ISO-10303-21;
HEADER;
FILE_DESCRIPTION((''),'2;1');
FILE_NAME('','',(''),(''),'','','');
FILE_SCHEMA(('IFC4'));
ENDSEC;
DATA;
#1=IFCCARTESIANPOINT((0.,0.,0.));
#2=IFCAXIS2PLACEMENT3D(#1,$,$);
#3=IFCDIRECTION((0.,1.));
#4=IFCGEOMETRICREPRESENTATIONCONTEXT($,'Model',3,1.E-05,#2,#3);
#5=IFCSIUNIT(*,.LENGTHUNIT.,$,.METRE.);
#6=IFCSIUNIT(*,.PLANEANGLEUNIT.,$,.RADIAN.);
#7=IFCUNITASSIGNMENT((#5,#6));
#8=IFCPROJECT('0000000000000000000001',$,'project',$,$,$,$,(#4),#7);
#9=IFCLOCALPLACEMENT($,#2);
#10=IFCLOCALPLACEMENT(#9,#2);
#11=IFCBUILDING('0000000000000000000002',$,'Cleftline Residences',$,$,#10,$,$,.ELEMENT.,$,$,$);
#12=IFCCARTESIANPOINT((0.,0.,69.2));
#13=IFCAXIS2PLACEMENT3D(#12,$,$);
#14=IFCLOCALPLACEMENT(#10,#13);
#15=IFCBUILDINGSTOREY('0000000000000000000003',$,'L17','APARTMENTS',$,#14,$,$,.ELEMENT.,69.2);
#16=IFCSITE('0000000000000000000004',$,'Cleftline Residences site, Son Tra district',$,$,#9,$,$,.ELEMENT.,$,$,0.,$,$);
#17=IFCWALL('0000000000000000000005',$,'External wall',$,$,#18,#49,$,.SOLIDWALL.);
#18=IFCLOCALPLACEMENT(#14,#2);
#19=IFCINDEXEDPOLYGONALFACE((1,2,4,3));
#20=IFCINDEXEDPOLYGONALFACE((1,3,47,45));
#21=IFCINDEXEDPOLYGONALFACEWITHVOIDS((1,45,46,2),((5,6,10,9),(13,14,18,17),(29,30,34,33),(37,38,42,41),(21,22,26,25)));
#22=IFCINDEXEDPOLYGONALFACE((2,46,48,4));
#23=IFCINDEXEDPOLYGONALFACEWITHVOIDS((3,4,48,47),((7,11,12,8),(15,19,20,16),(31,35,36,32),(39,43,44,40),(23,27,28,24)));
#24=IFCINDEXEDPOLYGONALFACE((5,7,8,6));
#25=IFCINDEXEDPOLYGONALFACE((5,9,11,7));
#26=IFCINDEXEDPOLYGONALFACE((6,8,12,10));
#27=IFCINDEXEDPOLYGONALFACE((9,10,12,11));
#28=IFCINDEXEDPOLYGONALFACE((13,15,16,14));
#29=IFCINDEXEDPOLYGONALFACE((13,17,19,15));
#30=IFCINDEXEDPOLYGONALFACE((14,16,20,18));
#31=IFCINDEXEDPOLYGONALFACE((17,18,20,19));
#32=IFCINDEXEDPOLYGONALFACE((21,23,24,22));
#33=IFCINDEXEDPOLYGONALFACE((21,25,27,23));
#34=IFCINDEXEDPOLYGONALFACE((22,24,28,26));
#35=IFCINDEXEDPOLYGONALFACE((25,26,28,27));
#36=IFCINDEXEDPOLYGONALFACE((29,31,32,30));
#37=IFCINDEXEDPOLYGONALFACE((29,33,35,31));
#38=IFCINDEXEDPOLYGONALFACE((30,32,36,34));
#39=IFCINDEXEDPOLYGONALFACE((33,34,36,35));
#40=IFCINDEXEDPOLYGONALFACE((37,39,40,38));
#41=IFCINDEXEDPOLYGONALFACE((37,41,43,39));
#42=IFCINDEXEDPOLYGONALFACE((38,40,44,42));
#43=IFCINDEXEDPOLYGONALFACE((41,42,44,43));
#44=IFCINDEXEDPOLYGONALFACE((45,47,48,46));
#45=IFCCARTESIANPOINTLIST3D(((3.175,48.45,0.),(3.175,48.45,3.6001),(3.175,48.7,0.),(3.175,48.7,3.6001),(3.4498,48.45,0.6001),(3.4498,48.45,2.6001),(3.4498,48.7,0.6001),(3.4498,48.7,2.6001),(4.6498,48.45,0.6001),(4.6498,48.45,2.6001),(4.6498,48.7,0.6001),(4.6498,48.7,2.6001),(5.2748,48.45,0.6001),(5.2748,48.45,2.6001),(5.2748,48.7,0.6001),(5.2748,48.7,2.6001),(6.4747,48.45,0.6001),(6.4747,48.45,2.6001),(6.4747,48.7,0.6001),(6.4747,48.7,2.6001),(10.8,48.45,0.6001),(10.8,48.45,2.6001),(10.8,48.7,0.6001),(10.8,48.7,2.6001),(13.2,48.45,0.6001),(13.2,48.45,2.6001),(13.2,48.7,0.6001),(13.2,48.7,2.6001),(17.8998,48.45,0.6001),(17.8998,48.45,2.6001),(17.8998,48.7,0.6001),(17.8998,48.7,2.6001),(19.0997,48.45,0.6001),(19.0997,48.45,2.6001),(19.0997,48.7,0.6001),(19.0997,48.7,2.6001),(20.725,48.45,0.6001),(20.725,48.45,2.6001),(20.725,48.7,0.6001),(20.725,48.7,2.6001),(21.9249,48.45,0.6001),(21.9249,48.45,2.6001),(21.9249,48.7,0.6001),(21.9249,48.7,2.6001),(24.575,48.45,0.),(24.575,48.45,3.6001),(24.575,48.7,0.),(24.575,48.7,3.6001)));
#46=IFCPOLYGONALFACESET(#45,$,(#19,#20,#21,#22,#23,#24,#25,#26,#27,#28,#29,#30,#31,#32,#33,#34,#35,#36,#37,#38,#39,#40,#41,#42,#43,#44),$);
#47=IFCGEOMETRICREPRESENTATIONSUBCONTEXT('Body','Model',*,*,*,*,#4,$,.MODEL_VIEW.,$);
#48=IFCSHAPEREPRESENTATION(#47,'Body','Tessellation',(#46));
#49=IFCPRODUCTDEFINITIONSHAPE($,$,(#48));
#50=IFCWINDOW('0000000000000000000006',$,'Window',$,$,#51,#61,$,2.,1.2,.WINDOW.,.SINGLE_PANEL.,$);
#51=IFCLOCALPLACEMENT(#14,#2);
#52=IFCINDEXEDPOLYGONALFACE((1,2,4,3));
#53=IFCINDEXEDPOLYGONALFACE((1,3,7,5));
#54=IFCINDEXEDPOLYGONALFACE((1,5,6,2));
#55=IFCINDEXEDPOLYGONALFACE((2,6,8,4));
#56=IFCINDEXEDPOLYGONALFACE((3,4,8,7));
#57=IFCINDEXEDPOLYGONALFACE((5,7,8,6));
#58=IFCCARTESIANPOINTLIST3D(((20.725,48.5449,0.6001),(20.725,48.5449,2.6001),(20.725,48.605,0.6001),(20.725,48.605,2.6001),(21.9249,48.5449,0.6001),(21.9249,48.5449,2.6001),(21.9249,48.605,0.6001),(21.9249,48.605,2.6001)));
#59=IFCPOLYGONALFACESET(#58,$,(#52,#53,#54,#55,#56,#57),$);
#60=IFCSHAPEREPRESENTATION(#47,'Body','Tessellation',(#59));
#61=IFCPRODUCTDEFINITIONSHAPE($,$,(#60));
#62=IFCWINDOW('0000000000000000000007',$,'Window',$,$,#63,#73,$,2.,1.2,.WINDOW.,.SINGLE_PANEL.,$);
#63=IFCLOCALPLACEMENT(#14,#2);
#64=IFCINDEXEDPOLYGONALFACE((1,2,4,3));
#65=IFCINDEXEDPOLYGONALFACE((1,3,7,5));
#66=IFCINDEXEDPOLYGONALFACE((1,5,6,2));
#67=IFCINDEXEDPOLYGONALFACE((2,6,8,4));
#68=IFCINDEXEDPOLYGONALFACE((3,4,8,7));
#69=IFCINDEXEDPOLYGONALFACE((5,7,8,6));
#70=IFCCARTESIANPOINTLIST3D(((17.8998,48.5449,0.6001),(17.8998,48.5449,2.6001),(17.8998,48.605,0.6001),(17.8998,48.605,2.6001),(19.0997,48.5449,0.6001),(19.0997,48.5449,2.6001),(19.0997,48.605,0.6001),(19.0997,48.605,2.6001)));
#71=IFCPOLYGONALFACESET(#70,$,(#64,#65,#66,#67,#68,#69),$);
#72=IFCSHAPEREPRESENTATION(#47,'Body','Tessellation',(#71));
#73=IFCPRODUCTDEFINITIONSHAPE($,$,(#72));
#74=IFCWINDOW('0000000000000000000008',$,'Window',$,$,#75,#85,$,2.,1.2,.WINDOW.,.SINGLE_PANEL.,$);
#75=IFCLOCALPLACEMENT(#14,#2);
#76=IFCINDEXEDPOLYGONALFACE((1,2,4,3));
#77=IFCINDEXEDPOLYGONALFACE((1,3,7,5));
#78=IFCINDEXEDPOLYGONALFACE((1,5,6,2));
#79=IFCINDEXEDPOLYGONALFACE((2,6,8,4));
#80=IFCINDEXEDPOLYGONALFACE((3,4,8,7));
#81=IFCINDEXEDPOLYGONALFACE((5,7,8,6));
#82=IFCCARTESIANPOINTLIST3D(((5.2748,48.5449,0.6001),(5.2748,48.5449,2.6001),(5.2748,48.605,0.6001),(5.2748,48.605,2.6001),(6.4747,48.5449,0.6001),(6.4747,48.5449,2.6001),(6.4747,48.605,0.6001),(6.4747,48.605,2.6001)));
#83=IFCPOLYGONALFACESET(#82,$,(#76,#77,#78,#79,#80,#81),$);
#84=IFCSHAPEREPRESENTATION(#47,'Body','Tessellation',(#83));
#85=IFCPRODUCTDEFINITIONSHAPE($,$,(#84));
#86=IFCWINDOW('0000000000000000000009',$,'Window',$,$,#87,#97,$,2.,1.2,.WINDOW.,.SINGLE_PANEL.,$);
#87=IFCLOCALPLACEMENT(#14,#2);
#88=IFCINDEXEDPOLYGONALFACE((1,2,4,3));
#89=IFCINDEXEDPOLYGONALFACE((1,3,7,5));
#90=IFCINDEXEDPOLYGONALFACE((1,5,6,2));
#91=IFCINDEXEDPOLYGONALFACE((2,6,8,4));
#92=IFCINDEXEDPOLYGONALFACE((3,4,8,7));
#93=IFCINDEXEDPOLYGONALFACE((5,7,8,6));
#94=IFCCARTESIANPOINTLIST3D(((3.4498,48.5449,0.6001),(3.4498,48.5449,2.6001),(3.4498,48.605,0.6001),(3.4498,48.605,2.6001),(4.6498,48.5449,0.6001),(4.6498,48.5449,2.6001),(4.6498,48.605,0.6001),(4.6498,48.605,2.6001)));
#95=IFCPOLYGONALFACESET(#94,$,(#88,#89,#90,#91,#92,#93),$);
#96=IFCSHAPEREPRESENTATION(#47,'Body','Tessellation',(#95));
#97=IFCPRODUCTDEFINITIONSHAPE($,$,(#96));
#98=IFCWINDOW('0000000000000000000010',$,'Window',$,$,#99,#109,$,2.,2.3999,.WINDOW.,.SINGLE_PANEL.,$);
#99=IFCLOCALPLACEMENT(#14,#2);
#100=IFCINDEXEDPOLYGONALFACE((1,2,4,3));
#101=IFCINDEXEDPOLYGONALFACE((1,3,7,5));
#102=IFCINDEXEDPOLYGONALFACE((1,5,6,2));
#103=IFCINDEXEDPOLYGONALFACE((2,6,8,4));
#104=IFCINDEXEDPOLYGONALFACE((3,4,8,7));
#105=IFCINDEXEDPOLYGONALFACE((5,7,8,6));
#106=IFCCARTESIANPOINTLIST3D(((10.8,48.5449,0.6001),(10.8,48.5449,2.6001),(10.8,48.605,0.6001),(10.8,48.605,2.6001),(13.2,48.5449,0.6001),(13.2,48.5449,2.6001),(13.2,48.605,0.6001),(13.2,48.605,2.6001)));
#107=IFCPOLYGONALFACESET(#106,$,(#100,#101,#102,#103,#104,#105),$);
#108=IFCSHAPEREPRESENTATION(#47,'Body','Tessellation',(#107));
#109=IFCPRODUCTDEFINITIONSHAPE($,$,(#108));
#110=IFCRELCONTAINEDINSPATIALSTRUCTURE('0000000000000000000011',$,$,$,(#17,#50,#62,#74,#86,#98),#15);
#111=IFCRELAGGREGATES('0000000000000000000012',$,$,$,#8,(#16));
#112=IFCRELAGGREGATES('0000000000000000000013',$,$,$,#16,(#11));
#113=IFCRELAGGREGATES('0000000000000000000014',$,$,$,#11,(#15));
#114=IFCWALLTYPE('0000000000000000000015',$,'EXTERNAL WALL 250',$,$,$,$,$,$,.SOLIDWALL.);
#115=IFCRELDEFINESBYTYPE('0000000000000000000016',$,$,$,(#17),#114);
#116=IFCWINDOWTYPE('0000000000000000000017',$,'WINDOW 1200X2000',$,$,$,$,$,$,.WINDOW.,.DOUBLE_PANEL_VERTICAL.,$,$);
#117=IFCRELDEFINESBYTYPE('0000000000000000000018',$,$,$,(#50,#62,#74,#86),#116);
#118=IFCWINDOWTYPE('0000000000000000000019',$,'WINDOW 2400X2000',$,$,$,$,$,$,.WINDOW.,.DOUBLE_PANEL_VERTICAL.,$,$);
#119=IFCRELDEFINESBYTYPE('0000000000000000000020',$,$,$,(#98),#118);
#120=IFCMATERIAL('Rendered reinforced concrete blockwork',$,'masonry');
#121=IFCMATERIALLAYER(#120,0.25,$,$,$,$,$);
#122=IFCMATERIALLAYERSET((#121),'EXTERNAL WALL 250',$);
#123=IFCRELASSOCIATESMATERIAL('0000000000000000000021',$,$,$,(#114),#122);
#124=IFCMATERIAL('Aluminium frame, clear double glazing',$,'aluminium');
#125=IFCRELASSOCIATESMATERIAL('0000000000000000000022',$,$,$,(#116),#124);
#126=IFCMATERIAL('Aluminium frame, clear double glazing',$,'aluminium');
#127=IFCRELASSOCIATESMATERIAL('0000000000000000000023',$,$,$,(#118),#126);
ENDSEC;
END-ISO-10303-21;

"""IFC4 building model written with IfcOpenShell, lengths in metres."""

from ifc_helpers import new_model, si_unit, direction, frame, frame_2d, origin, place, context, subcontext, project, spatial, rectangle, extrude, material, layer, layer_set, type_object, element, fill, save


model = new_model("IFC4")

# Units and contexts
model_context = context("Model", 3, precision=1e-05, world=origin(), true_north=direction((0.0, 1.0)))
body_context = subcontext(model_context, "Body", "Model", "MODEL_VIEW")
ifc_project = project(units=[si_unit("LENGTHUNIT", "METRE"), si_unit("PLANEANGLEUNIT", "RADIAN")], contexts=[model_context])

# Site, building, storey
site_placement = place(None, origin())
site = spatial("IfcSite", under=ifc_project, at=site_placement, Name="Cleftline Residences site, Son Tra district", CompositionType="ELEMENT", RefElevation=0.0)
building_placement = place(site_placement, origin())
building = spatial("IfcBuilding", under=site, at=building_placement, Name="Cleftline Residences", CompositionType="ELEMENT")
storey_placement = place(building_placement, frame((0.0, 0.0, 69.2)))
storey = spatial("IfcBuildingStorey", under=building, at=storey_placement, Name="L17", Description="APARTMENTS", CompositionType="ELEMENT", Elevation=69.2)

# Wall, openings, windows
ifc_material_1 = material(Name="Rendered reinforced concrete blockwork", Category="masonry")
ifc_layer_1 = layer(ifc_material_1, 0.25)
ifc_layer_set_1 = layer_set([ifc_layer_1], Name="EXTERNAL WALL 250")
wall_type = type_object("IfcWallType", Name="EXTERNAL WALL 250", PredefinedType="SOLIDWALL", material=ifc_layer_set_1)
wall_placement = place(storey_placement, frame((24.575, 48.575, 0.0), z_axis=(0.0, 0.0, 1.0), x_axis=(-1.0, 0.0, 0.0)))
wall = element("IfcWall", 1, at=wall_placement, inside=storey, type_object=wall_type, Name="External wall", PredefinedType="SOLIDWALL", context=body_context, shape_type="SweptSolid", body=[
    extrude(rectangle(XDim=21.3999, YDim=0.25, at=frame_2d((10.7, 0.0))), origin(), (0.0, 0.0, 1.0), 3.6001),
])
opening_1_placement = place(wall_placement, frame((2.6499, 0.0, 0.6001)))
opening_1 = element("IfcOpeningElement", 2, at=opening_1_placement, cuts=wall, PredefinedType="OPENING", context=body_context, shape_type="SweptSolid", body=[
    extrude(rectangle(XDim=1.2, YDim=2.0, at=frame_2d((0.6001, 1.0))), frame((0.0, 0.135, 0.0), z_axis=(0.0, -1.0, 0.0), x_axis=(1.0, 0.0, 0.0)), (0.0, 0.0, 1.0), 0.27),
])
opening_2_placement = place(wall_placement, frame((5.4751, 0.0, 0.6001)))
opening_2 = element("IfcOpeningElement", 3, at=opening_2_placement, cuts=wall, PredefinedType="OPENING", context=body_context, shape_type="SweptSolid", body=[
    extrude(rectangle(XDim=1.2, YDim=2.0, at=frame_2d((0.6001, 1.0))), frame((0.0, 0.135, 0.0), z_axis=(0.0, -1.0, 0.0), x_axis=(1.0, 0.0, 0.0)), (0.0, 0.0, 1.0), 0.27),
])
opening_3_placement = place(wall_placement, frame((11.375, 0.0, 0.6001)))
opening_3 = element("IfcOpeningElement", 4, at=opening_3_placement, cuts=wall, PredefinedType="OPENING", context=body_context, shape_type="SweptSolid", body=[
    extrude(rectangle(XDim=2.3999, YDim=2.0, at=frame_2d((1.2, 1.0))), frame((0.0, 0.135, 0.0), z_axis=(0.0, -1.0, 0.0), x_axis=(1.0, 0.0, 0.0)), (0.0, 0.0, 1.0), 0.27),
])
opening_4_placement = place(wall_placement, frame((18.1001, 0.0, 0.6001)))
opening_4 = element("IfcOpeningElement", 5, at=opening_4_placement, cuts=wall, PredefinedType="OPENING", context=body_context, shape_type="SweptSolid", body=[
    extrude(rectangle(XDim=1.2, YDim=2.0, at=frame_2d((0.6001, 1.0))), frame((0.0, 0.135, 0.0), z_axis=(0.0, -1.0, 0.0), x_axis=(1.0, 0.0, 0.0)), (0.0, 0.0, 1.0), 0.27),
])
opening_5_placement = place(wall_placement, frame((19.925, 0.0, 0.6001)))
opening_5 = element("IfcOpeningElement", 6, at=opening_5_placement, cuts=wall, PredefinedType="OPENING", context=body_context, shape_type="SweptSolid", body=[
    extrude(rectangle(XDim=1.2, YDim=2.0, at=frame_2d((0.6001, 1.0))), frame((0.0, 0.135, 0.0), z_axis=(0.0, -1.0, 0.0), x_axis=(1.0, 0.0, 0.0)), (0.0, 0.0, 1.0), 0.27),
])
ifc_material_2 = material(Name="Aluminium frame, clear double glazing", Category="aluminium")
window_type_1 = type_object("IfcWindowType", Name="WINDOW 1200X2000", PartitioningType="DOUBLE_PANEL_VERTICAL", PredefinedType="WINDOW", material=ifc_material_2)
window_1_placement = place(opening_1_placement, origin())
window_1 = element("IfcWindow", 7, at=window_1_placement, inside=storey, type_object=window_type_1, Name="Window", OverallHeight=2.0, OverallWidth=1.2, PartitioningType="SINGLE_PANEL", PredefinedType="WINDOW", context=body_context, shape_type="SweptSolid", body=[
    extrude(rectangle(XDim=1.2, YDim=2.0, at=frame_2d((0.6001, 1.0))), frame((0.0, 0.03, 0.0), z_axis=(0.0, -1.0, 0.0), x_axis=(1.0, 0.0, 0.0)), (0.0, 0.0, 1.0), 0.0601),
])
fill(opening_1, window_1)
window_2_placement = place(opening_2_placement, origin())
window_2 = element("IfcWindow", 8, at=window_2_placement, inside=storey, type_object=window_type_1, Name="Window", OverallHeight=2.0, OverallWidth=1.2, PartitioningType="SINGLE_PANEL", PredefinedType="WINDOW", context=body_context, shape_type="SweptSolid", body=[
    extrude(rectangle(XDim=1.2, YDim=2.0, at=frame_2d((0.6001, 1.0))), frame((0.0, 0.03, 0.0), z_axis=(0.0, -1.0, 0.0), x_axis=(1.0, 0.0, 0.0)), (0.0, 0.0, 1.0), 0.0601),
])
fill(opening_2, window_2)
window_3_placement = place(opening_4_placement, origin())
window_3 = element("IfcWindow", 9, at=window_3_placement, inside=storey, type_object=window_type_1, Name="Window", OverallHeight=2.0, OverallWidth=1.2, PartitioningType="SINGLE_PANEL", PredefinedType="WINDOW", context=body_context, shape_type="SweptSolid", body=[
    extrude(rectangle(XDim=1.2, YDim=2.0, at=frame_2d((0.6001, 1.0))), frame((0.0, 0.03, 0.0), z_axis=(0.0, -1.0, 0.0), x_axis=(1.0, 0.0, 0.0)), (0.0, 0.0, 1.0), 0.0601),
])
fill(opening_4, window_3)
window_4_placement = place(opening_5_placement, origin())
window_4 = element("IfcWindow", 10, at=window_4_placement, inside=storey, type_object=window_type_1, Name="Window", OverallHeight=2.0, OverallWidth=1.2, PartitioningType="SINGLE_PANEL", PredefinedType="WINDOW", context=body_context, shape_type="SweptSolid", body=[
    extrude(rectangle(XDim=1.2, YDim=2.0, at=frame_2d((0.6001, 1.0))), frame((0.0, 0.03, 0.0), z_axis=(0.0, -1.0, 0.0), x_axis=(1.0, 0.0, 0.0)), (0.0, 0.0, 1.0), 0.0601),
])
fill(opening_5, window_4)
ifc_material_3 = material(Name="Aluminium frame, clear double glazing", Category="aluminium")
window_type_2 = type_object("IfcWindowType", Name="WINDOW 2400X2000", PartitioningType="DOUBLE_PANEL_VERTICAL", PredefinedType="WINDOW", material=ifc_material_3)
window_5_placement = place(opening_3_placement, origin())
window_5 = element("IfcWindow", 11, at=window_5_placement, inside=storey, type_object=window_type_2, Name="Window", OverallHeight=2.0, OverallWidth=2.3999, PartitioningType="SINGLE_PANEL", PredefinedType="WINDOW", context=body_context, shape_type="SweptSolid", body=[
    extrude(rectangle(XDim=2.3999, YDim=2.0, at=frame_2d((1.2, 1.0))), frame((0.0, 0.03, 0.0), z_axis=(0.0, -1.0, 0.0), x_axis=(1.0, 0.0, 0.0)), (0.0, 0.0, 1.0), 0.0601),
])
fill(opening_3, window_5)

save(model, "model.ifc")
